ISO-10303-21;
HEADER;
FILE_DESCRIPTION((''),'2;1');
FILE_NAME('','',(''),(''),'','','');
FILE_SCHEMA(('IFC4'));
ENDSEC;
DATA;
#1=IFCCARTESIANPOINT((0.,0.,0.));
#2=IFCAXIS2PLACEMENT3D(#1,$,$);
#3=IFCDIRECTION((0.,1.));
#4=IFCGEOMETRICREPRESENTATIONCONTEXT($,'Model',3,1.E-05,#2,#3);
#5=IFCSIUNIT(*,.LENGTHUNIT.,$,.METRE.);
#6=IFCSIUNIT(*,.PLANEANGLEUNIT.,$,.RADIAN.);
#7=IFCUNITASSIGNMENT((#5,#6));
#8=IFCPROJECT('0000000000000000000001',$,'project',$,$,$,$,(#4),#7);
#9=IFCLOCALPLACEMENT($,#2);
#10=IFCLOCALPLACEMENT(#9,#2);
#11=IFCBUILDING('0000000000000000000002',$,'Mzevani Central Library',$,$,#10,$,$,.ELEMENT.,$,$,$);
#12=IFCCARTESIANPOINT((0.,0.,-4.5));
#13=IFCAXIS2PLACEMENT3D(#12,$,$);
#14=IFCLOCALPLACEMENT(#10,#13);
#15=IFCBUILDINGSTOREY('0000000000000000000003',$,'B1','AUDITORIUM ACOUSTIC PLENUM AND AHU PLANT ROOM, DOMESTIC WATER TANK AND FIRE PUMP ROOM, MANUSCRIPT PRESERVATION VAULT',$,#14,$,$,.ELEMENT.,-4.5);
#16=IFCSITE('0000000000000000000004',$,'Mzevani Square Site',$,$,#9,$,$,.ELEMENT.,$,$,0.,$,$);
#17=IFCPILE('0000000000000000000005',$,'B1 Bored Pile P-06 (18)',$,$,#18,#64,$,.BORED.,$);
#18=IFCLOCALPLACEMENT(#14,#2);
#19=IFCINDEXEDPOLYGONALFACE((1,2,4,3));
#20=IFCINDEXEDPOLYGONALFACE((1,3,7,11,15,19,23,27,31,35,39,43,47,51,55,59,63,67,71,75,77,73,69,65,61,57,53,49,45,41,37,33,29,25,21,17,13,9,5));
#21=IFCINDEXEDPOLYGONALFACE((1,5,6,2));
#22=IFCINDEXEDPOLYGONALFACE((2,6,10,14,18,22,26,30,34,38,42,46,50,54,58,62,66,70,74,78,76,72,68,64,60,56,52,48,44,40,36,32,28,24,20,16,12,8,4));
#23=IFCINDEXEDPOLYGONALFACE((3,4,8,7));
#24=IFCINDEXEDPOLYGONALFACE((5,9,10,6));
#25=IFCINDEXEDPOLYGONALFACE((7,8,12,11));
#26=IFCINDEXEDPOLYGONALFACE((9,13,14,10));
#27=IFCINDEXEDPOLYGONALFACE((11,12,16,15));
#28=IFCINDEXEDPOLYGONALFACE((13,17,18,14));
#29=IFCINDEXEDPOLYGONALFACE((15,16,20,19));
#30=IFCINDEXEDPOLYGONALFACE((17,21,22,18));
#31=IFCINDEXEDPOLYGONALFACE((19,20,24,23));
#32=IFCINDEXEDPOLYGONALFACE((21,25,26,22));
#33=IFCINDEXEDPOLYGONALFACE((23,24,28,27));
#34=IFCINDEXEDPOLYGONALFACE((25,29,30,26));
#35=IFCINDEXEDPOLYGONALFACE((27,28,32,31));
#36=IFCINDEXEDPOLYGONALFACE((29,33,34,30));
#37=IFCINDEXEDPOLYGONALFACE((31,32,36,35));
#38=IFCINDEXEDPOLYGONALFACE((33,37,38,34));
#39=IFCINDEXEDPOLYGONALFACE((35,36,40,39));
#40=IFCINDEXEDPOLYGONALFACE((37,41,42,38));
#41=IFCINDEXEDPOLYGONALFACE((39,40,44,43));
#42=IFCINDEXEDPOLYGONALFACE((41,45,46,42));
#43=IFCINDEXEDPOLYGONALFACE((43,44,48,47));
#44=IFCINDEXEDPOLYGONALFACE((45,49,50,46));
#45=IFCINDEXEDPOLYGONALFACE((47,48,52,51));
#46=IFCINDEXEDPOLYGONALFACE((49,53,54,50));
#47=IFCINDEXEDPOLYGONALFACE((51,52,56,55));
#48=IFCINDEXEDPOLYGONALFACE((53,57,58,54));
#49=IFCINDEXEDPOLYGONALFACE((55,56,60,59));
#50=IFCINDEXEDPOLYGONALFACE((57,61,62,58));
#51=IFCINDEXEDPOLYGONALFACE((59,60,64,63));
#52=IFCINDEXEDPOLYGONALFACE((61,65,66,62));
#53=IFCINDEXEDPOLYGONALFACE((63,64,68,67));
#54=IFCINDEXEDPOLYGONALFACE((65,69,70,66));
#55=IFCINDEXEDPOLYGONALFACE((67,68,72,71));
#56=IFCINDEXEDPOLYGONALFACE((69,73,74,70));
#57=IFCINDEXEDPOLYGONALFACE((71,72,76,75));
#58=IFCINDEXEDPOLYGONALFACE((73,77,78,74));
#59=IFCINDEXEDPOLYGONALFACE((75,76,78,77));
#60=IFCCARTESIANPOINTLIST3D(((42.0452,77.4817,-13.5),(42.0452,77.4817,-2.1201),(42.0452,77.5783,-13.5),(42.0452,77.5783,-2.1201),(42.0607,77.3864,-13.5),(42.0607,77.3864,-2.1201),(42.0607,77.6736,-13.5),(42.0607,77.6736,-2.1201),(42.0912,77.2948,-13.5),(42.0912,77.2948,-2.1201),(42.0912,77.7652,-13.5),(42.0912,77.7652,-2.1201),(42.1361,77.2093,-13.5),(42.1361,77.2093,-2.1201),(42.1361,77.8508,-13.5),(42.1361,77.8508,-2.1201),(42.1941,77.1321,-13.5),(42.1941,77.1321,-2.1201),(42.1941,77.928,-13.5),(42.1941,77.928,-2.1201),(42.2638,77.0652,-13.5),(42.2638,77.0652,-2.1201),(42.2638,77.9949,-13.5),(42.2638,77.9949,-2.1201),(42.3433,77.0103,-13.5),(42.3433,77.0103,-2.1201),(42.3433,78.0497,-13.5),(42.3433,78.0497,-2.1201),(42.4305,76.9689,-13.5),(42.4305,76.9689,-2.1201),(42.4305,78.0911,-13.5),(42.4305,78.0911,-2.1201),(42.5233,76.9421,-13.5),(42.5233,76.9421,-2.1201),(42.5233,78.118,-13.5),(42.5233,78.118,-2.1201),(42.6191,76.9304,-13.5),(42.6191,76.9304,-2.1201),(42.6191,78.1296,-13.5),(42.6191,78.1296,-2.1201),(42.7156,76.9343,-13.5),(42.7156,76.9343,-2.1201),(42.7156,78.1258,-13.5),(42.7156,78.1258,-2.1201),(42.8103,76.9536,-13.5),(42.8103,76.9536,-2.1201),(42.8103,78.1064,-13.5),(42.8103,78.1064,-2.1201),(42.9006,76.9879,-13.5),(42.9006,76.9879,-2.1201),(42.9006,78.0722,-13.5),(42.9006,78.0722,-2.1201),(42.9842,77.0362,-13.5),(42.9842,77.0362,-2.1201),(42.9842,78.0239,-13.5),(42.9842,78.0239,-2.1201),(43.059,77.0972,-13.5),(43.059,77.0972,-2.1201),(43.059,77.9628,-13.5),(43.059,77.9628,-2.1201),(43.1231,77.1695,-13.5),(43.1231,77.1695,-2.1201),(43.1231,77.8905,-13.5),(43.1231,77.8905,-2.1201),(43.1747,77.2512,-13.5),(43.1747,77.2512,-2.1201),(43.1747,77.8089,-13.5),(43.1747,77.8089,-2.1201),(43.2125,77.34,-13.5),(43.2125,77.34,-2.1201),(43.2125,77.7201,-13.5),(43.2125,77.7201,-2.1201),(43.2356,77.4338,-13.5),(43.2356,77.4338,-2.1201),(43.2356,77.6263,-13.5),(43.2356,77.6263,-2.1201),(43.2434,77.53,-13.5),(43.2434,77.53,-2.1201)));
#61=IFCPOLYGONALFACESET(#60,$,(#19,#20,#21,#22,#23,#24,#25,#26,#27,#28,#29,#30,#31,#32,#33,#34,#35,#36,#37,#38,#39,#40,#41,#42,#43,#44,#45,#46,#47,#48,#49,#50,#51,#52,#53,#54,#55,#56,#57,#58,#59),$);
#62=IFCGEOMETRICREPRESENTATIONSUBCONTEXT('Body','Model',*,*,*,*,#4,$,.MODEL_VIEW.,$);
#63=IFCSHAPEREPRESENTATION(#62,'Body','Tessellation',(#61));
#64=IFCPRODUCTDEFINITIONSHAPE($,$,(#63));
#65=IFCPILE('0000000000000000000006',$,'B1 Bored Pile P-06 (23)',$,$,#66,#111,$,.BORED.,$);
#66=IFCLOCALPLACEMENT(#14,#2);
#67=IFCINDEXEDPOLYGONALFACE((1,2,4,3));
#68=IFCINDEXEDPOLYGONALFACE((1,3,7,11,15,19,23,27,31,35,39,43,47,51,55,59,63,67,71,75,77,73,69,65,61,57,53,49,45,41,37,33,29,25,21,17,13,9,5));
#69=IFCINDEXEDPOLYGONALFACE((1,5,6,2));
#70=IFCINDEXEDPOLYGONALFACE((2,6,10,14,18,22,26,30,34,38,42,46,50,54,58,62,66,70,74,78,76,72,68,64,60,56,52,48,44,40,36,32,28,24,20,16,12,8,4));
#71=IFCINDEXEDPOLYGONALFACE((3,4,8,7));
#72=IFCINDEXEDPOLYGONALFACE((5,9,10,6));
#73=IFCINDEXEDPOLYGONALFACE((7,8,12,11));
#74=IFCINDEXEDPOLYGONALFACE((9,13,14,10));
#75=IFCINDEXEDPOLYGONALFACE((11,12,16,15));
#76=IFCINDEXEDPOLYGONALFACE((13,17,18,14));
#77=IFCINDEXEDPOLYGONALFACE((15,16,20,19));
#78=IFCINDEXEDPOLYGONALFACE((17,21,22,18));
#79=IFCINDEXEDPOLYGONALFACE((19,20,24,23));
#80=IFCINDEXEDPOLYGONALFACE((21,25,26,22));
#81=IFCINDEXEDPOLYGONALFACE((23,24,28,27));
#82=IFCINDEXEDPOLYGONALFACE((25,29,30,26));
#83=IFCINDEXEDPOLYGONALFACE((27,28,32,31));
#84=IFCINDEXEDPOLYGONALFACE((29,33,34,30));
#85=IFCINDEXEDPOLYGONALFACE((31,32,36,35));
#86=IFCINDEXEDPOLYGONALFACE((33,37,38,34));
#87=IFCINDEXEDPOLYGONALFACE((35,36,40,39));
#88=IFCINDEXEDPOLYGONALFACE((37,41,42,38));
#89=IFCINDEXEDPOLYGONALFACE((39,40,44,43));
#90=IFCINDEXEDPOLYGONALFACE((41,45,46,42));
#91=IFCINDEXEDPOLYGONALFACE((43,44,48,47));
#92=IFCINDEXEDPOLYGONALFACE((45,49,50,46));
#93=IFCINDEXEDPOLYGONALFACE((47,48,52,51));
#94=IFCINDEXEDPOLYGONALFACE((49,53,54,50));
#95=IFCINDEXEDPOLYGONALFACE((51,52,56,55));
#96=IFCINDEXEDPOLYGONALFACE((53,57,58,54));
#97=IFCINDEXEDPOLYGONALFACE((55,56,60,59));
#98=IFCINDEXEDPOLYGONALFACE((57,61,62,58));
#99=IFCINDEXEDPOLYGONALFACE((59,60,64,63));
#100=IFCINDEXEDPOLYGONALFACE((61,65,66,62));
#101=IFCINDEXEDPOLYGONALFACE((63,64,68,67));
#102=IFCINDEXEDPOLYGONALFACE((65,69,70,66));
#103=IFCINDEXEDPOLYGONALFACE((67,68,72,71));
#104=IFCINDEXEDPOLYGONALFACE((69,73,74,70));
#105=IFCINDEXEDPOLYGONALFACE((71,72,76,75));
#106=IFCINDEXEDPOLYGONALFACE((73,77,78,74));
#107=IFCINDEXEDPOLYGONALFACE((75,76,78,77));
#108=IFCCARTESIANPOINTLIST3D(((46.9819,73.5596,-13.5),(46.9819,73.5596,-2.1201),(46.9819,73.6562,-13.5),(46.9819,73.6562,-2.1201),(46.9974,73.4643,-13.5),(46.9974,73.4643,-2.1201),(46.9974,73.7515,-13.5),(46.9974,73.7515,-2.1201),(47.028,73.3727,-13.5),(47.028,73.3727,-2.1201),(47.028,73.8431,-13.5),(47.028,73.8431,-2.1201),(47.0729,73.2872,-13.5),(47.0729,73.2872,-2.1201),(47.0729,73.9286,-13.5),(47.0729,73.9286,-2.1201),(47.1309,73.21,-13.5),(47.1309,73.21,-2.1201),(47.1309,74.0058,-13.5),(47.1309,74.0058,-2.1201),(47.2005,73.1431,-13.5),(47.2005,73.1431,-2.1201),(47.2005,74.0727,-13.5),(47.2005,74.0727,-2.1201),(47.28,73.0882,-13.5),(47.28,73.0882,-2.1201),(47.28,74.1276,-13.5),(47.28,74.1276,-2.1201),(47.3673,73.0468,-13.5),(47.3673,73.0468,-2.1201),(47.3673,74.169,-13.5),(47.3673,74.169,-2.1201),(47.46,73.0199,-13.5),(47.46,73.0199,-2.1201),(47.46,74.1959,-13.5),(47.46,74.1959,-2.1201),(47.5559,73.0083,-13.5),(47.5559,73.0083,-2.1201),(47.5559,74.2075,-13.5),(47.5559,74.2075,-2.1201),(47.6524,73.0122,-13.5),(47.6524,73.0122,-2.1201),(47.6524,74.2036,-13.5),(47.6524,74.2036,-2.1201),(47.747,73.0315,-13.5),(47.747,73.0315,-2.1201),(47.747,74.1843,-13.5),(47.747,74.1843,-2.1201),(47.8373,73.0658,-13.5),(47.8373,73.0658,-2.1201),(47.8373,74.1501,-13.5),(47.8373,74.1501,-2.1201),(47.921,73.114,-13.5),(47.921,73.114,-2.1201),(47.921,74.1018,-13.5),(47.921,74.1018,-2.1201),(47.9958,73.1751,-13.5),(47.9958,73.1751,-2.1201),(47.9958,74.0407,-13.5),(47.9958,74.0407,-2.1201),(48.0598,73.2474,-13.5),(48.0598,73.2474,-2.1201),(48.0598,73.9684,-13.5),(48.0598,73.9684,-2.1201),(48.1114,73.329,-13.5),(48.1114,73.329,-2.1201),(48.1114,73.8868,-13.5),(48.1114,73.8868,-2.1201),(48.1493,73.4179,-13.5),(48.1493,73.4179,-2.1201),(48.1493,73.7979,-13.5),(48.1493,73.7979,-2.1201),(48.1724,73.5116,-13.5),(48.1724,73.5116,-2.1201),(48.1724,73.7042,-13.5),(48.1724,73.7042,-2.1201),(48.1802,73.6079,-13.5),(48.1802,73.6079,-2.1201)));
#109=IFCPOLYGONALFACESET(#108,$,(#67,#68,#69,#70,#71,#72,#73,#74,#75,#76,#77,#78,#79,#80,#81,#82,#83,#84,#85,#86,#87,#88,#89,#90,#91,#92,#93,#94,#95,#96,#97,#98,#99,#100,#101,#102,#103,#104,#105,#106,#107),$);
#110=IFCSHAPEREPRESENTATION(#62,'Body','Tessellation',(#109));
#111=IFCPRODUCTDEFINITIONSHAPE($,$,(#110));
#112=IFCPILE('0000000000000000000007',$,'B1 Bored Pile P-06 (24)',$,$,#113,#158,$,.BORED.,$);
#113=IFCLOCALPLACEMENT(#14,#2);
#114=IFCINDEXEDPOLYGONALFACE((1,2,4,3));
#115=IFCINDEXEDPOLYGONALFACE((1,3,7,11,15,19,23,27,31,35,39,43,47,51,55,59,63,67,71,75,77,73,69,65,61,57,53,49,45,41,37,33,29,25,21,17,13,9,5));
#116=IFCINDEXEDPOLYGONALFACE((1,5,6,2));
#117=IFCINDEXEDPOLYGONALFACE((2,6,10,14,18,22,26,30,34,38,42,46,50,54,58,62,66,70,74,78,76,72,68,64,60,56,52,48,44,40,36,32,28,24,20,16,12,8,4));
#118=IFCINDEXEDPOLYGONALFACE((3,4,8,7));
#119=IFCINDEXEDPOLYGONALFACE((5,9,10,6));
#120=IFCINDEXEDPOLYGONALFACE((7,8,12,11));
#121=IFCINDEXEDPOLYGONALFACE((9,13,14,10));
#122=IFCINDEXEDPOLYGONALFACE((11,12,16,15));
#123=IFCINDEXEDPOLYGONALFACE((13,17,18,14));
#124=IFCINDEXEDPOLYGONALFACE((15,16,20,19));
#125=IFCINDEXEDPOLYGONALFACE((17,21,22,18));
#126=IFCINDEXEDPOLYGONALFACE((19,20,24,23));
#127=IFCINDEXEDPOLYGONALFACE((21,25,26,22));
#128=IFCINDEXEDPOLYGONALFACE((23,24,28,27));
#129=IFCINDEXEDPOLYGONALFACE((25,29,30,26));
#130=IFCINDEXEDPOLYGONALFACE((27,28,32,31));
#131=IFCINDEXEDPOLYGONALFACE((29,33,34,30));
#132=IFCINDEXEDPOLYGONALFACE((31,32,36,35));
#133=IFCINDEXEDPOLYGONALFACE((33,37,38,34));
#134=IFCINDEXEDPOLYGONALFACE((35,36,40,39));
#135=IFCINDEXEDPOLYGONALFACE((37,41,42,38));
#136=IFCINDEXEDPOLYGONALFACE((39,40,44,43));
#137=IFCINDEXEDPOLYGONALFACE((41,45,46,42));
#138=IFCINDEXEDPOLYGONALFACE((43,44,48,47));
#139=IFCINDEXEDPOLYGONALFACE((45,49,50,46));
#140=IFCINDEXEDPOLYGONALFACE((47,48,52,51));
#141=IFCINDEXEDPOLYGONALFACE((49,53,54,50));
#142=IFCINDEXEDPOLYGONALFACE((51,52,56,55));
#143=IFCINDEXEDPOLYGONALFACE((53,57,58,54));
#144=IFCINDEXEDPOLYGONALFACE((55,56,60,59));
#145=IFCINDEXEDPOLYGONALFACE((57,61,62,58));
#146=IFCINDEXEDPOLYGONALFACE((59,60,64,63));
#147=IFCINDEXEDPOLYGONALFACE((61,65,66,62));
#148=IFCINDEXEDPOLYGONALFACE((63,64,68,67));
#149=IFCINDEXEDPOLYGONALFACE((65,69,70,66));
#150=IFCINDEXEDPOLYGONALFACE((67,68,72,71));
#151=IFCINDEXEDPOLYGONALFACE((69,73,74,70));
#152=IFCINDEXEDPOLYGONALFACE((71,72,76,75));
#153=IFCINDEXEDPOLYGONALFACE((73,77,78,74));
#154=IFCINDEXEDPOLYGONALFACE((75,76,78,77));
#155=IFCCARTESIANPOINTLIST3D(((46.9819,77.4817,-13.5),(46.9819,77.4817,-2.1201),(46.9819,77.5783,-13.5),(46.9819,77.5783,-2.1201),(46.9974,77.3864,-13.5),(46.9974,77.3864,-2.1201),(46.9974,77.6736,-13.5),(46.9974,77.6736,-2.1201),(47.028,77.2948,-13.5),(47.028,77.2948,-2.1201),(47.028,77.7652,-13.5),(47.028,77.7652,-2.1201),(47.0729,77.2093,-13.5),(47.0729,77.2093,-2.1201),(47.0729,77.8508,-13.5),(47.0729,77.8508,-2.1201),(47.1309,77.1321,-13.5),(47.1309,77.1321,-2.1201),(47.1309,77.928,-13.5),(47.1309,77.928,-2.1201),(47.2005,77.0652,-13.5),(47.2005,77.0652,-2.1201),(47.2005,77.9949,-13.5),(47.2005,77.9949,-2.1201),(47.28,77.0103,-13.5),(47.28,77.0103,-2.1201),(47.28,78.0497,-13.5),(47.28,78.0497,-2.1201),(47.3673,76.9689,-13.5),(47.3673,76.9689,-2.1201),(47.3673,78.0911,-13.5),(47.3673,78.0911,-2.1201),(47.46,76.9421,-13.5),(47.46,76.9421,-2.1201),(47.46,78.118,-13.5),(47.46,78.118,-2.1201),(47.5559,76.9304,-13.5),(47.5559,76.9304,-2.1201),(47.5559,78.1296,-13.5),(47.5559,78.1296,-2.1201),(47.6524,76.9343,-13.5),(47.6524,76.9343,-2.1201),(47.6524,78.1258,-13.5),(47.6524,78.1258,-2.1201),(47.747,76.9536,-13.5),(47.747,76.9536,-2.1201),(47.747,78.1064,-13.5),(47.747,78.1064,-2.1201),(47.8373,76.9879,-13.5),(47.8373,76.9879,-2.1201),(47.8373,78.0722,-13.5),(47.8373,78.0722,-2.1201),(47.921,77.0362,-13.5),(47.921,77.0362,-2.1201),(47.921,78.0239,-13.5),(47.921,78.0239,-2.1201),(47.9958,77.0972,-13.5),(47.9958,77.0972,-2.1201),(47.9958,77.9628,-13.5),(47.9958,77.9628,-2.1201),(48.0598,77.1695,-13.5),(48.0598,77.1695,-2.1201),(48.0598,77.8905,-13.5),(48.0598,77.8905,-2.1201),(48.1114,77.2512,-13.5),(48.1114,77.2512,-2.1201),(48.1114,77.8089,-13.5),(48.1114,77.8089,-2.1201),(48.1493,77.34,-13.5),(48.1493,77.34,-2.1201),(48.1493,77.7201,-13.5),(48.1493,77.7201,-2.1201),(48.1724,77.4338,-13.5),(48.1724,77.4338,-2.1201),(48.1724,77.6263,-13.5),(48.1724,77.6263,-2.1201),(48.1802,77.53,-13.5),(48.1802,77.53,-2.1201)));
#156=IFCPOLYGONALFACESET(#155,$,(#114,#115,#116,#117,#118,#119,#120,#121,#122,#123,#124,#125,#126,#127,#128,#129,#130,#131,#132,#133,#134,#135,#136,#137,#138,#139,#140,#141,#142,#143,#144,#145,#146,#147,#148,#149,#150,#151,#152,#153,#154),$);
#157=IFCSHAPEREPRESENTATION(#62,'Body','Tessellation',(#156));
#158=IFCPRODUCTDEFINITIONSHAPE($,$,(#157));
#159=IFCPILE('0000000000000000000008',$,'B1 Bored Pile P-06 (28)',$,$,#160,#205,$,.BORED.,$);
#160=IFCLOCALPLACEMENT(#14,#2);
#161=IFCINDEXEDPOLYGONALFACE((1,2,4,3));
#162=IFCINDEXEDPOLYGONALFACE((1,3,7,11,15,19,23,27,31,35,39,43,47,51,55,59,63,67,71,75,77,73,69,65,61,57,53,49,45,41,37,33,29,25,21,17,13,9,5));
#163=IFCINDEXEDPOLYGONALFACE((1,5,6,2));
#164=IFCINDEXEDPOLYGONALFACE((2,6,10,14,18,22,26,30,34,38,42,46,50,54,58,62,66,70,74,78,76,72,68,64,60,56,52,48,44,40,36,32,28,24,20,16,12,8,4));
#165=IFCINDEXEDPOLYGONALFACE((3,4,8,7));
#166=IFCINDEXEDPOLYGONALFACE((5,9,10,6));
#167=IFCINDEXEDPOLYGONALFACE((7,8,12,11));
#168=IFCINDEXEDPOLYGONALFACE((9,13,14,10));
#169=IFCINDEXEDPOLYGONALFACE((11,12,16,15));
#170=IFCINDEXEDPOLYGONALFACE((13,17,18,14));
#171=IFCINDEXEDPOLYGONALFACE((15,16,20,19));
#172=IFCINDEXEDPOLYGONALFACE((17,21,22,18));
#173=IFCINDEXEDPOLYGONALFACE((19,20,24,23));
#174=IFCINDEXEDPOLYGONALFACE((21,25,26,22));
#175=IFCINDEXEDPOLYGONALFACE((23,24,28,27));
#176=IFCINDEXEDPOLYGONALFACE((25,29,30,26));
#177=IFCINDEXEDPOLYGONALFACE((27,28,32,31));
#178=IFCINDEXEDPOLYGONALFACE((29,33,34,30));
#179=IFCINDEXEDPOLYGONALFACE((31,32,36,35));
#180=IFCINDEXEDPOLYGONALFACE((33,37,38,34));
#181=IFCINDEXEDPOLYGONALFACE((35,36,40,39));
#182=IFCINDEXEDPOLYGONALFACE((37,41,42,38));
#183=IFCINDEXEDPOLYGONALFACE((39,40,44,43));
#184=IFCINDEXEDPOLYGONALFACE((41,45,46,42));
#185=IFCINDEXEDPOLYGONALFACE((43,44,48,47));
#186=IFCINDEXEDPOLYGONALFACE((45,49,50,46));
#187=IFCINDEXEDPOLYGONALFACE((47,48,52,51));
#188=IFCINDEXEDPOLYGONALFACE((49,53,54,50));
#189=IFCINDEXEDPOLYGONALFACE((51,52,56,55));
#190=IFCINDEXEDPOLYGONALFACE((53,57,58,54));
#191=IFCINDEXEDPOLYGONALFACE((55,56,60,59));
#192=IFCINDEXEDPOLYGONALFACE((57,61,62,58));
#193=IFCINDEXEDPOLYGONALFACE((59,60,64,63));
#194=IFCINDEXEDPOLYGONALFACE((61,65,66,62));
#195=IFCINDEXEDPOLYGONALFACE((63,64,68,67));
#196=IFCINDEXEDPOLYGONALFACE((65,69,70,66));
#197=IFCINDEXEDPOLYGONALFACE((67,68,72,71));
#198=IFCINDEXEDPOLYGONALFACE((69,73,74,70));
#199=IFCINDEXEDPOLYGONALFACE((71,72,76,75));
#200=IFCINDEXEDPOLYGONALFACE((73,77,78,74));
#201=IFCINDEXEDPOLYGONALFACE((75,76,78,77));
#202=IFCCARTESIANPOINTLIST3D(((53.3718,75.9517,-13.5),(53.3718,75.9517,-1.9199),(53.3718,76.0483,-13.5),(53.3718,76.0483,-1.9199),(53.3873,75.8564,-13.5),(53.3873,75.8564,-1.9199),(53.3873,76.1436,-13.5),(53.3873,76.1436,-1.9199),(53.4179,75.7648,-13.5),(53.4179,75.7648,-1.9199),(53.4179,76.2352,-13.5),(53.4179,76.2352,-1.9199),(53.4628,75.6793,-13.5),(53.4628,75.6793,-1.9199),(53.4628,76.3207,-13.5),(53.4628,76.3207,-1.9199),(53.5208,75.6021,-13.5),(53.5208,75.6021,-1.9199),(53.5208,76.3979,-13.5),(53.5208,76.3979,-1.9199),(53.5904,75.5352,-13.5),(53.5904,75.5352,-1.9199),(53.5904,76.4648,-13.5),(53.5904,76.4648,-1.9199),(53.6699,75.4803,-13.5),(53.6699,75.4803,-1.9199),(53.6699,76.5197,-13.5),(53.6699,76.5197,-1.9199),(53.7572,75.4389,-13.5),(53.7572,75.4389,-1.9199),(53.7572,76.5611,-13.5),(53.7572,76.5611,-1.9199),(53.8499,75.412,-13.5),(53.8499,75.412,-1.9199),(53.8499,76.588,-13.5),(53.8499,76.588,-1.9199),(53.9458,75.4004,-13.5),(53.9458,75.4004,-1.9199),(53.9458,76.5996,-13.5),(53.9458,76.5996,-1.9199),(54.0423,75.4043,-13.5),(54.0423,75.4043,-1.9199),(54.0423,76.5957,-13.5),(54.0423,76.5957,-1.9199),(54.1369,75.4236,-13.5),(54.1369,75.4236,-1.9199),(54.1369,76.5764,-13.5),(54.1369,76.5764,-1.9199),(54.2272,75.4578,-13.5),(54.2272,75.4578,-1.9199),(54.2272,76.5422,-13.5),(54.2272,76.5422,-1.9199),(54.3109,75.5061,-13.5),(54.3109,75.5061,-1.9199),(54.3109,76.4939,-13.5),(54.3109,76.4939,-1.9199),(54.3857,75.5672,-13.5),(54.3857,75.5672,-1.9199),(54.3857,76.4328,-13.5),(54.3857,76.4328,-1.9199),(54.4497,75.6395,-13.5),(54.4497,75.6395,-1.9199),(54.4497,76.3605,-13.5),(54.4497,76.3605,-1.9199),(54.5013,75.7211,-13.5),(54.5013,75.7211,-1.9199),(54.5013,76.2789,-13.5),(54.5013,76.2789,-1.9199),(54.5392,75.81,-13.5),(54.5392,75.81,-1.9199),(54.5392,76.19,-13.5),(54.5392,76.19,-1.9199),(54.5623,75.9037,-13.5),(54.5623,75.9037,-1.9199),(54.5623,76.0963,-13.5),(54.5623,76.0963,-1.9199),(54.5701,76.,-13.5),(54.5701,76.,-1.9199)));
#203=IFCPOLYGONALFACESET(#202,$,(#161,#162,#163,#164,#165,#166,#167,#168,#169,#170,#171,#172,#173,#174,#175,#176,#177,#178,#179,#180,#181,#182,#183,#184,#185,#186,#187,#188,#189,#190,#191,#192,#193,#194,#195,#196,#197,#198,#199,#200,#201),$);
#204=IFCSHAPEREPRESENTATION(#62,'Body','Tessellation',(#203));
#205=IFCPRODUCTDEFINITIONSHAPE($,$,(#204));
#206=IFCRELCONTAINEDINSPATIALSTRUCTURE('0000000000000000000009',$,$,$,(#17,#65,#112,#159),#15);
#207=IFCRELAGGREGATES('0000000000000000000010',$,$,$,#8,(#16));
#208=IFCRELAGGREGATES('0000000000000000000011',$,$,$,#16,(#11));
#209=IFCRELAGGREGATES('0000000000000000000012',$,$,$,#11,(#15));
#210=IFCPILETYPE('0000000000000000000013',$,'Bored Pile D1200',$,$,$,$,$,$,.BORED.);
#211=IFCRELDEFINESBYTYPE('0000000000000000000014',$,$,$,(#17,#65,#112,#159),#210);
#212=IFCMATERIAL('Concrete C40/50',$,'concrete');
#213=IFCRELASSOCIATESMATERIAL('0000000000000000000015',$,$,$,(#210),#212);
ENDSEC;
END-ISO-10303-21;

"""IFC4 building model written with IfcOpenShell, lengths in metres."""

from ifc_helpers import new_model, si_unit, direction, frame, origin, origin_2d, place, context, subcontext, project, spatial, circle, extrude, material, material_profile, profile_set, type_object, element, save


model = new_model("IFC4")

# Units and contexts
model_context = context("Model", 3, precision=1e-05, world=origin(), true_north=direction((0.0, 1.0)))
body_context = subcontext(model_context, "Body", "Model", "MODEL_VIEW")
ifc_project = project(units=[si_unit("LENGTHUNIT", "METRE"), si_unit("PLANEANGLEUNIT", "RADIAN")], contexts=[model_context])

# Site, building, storey
site_placement = place(None, origin())
site = spatial("IfcSite", under=ifc_project, at=site_placement, Name="Mzevani Square Site", CompositionType="ELEMENT", RefElevation=0.0)
building_placement = place(site_placement, origin())
building = spatial("IfcBuilding", under=site, at=building_placement, Name="Mzevani Central Library", CompositionType="ELEMENT")
storey_placement = place(building_placement, frame((0.0, 0.0, -4.5)))
storey = spatial("IfcBuildingStorey", under=building, at=storey_placement, Name="B1", Description="AUDITORIUM ACOUSTIC PLENUM AND AHU PLANT ROOM, DOMESTIC WATER TANK AND FIRE PUMP ROOM, MANUSCRIPT PRESERVATION VAULT", CompositionType="ELEMENT", Elevation=-4.5)

# Piles
ifc_material_1 = material(Name="Concrete C40/50", Category="concrete")
ifc_material_profile_1 = material_profile(ifc_material_1, circle(Radius=0.6001, at=origin_2d()), Name="PILE D1200")
ifc_profile_set_1 = profile_set([ifc_material_profile_1], Name="Concrete C40/50")
pile_type_1 = type_object("IfcPileType", Name="Bored Pile D1200", PredefinedType="BORED", material=ifc_profile_set_1)
for number, where, z_axis, x_axis, name in (
    (1, (42.6433, 77.53, -2.1201), (0.0, 0.0, -1.0), (1.0, 0.0, 0.0), "B1 Bored Pile P-06 (18)"),
    (2, (47.5801, 73.6079, -2.1201), (0.0, 0.0, -1.0), (1.0, 0.0, 0.0), "B1 Bored Pile P-06 (23)"),
    (3, (47.5801, 77.53, -2.1201), (0.0, 0.0, -1.0), (1.0, 0.0, 0.0), "B1 Bored Pile P-06 (24)"),
):
    element("IfcPile", number, at=place(storey_placement, frame(where, z_axis=z_axis, x_axis=x_axis)), inside=storey, type_object=pile_type_1, Name=name, PredefinedType="BORED", context=body_context, shape_type="SweptSolid", body=[
        extrude(circle(Radius=0.6001, at=origin_2d()), origin(), (0.0, 0.0, 1.0), 11.3799),
    ])
for number, where, z_axis, x_axis, name in (
    (4, (53.97, 76.0, -1.9199), (0.0, 0.0, -1.0), (1.0, 0.0, 0.0), "B1 Bored Pile P-06 (28)"),
):
    element("IfcPile", number, at=place(storey_placement, frame(where, z_axis=z_axis, x_axis=x_axis)), inside=storey, type_object=pile_type_1, Name=name, PredefinedType="BORED", context=body_context, shape_type="SweptSolid", body=[
        extrude(circle(Radius=0.6001, at=origin_2d()), origin(), (0.0, 0.0, 1.0), 11.5801),
    ])

save(model, "model.ifc")
